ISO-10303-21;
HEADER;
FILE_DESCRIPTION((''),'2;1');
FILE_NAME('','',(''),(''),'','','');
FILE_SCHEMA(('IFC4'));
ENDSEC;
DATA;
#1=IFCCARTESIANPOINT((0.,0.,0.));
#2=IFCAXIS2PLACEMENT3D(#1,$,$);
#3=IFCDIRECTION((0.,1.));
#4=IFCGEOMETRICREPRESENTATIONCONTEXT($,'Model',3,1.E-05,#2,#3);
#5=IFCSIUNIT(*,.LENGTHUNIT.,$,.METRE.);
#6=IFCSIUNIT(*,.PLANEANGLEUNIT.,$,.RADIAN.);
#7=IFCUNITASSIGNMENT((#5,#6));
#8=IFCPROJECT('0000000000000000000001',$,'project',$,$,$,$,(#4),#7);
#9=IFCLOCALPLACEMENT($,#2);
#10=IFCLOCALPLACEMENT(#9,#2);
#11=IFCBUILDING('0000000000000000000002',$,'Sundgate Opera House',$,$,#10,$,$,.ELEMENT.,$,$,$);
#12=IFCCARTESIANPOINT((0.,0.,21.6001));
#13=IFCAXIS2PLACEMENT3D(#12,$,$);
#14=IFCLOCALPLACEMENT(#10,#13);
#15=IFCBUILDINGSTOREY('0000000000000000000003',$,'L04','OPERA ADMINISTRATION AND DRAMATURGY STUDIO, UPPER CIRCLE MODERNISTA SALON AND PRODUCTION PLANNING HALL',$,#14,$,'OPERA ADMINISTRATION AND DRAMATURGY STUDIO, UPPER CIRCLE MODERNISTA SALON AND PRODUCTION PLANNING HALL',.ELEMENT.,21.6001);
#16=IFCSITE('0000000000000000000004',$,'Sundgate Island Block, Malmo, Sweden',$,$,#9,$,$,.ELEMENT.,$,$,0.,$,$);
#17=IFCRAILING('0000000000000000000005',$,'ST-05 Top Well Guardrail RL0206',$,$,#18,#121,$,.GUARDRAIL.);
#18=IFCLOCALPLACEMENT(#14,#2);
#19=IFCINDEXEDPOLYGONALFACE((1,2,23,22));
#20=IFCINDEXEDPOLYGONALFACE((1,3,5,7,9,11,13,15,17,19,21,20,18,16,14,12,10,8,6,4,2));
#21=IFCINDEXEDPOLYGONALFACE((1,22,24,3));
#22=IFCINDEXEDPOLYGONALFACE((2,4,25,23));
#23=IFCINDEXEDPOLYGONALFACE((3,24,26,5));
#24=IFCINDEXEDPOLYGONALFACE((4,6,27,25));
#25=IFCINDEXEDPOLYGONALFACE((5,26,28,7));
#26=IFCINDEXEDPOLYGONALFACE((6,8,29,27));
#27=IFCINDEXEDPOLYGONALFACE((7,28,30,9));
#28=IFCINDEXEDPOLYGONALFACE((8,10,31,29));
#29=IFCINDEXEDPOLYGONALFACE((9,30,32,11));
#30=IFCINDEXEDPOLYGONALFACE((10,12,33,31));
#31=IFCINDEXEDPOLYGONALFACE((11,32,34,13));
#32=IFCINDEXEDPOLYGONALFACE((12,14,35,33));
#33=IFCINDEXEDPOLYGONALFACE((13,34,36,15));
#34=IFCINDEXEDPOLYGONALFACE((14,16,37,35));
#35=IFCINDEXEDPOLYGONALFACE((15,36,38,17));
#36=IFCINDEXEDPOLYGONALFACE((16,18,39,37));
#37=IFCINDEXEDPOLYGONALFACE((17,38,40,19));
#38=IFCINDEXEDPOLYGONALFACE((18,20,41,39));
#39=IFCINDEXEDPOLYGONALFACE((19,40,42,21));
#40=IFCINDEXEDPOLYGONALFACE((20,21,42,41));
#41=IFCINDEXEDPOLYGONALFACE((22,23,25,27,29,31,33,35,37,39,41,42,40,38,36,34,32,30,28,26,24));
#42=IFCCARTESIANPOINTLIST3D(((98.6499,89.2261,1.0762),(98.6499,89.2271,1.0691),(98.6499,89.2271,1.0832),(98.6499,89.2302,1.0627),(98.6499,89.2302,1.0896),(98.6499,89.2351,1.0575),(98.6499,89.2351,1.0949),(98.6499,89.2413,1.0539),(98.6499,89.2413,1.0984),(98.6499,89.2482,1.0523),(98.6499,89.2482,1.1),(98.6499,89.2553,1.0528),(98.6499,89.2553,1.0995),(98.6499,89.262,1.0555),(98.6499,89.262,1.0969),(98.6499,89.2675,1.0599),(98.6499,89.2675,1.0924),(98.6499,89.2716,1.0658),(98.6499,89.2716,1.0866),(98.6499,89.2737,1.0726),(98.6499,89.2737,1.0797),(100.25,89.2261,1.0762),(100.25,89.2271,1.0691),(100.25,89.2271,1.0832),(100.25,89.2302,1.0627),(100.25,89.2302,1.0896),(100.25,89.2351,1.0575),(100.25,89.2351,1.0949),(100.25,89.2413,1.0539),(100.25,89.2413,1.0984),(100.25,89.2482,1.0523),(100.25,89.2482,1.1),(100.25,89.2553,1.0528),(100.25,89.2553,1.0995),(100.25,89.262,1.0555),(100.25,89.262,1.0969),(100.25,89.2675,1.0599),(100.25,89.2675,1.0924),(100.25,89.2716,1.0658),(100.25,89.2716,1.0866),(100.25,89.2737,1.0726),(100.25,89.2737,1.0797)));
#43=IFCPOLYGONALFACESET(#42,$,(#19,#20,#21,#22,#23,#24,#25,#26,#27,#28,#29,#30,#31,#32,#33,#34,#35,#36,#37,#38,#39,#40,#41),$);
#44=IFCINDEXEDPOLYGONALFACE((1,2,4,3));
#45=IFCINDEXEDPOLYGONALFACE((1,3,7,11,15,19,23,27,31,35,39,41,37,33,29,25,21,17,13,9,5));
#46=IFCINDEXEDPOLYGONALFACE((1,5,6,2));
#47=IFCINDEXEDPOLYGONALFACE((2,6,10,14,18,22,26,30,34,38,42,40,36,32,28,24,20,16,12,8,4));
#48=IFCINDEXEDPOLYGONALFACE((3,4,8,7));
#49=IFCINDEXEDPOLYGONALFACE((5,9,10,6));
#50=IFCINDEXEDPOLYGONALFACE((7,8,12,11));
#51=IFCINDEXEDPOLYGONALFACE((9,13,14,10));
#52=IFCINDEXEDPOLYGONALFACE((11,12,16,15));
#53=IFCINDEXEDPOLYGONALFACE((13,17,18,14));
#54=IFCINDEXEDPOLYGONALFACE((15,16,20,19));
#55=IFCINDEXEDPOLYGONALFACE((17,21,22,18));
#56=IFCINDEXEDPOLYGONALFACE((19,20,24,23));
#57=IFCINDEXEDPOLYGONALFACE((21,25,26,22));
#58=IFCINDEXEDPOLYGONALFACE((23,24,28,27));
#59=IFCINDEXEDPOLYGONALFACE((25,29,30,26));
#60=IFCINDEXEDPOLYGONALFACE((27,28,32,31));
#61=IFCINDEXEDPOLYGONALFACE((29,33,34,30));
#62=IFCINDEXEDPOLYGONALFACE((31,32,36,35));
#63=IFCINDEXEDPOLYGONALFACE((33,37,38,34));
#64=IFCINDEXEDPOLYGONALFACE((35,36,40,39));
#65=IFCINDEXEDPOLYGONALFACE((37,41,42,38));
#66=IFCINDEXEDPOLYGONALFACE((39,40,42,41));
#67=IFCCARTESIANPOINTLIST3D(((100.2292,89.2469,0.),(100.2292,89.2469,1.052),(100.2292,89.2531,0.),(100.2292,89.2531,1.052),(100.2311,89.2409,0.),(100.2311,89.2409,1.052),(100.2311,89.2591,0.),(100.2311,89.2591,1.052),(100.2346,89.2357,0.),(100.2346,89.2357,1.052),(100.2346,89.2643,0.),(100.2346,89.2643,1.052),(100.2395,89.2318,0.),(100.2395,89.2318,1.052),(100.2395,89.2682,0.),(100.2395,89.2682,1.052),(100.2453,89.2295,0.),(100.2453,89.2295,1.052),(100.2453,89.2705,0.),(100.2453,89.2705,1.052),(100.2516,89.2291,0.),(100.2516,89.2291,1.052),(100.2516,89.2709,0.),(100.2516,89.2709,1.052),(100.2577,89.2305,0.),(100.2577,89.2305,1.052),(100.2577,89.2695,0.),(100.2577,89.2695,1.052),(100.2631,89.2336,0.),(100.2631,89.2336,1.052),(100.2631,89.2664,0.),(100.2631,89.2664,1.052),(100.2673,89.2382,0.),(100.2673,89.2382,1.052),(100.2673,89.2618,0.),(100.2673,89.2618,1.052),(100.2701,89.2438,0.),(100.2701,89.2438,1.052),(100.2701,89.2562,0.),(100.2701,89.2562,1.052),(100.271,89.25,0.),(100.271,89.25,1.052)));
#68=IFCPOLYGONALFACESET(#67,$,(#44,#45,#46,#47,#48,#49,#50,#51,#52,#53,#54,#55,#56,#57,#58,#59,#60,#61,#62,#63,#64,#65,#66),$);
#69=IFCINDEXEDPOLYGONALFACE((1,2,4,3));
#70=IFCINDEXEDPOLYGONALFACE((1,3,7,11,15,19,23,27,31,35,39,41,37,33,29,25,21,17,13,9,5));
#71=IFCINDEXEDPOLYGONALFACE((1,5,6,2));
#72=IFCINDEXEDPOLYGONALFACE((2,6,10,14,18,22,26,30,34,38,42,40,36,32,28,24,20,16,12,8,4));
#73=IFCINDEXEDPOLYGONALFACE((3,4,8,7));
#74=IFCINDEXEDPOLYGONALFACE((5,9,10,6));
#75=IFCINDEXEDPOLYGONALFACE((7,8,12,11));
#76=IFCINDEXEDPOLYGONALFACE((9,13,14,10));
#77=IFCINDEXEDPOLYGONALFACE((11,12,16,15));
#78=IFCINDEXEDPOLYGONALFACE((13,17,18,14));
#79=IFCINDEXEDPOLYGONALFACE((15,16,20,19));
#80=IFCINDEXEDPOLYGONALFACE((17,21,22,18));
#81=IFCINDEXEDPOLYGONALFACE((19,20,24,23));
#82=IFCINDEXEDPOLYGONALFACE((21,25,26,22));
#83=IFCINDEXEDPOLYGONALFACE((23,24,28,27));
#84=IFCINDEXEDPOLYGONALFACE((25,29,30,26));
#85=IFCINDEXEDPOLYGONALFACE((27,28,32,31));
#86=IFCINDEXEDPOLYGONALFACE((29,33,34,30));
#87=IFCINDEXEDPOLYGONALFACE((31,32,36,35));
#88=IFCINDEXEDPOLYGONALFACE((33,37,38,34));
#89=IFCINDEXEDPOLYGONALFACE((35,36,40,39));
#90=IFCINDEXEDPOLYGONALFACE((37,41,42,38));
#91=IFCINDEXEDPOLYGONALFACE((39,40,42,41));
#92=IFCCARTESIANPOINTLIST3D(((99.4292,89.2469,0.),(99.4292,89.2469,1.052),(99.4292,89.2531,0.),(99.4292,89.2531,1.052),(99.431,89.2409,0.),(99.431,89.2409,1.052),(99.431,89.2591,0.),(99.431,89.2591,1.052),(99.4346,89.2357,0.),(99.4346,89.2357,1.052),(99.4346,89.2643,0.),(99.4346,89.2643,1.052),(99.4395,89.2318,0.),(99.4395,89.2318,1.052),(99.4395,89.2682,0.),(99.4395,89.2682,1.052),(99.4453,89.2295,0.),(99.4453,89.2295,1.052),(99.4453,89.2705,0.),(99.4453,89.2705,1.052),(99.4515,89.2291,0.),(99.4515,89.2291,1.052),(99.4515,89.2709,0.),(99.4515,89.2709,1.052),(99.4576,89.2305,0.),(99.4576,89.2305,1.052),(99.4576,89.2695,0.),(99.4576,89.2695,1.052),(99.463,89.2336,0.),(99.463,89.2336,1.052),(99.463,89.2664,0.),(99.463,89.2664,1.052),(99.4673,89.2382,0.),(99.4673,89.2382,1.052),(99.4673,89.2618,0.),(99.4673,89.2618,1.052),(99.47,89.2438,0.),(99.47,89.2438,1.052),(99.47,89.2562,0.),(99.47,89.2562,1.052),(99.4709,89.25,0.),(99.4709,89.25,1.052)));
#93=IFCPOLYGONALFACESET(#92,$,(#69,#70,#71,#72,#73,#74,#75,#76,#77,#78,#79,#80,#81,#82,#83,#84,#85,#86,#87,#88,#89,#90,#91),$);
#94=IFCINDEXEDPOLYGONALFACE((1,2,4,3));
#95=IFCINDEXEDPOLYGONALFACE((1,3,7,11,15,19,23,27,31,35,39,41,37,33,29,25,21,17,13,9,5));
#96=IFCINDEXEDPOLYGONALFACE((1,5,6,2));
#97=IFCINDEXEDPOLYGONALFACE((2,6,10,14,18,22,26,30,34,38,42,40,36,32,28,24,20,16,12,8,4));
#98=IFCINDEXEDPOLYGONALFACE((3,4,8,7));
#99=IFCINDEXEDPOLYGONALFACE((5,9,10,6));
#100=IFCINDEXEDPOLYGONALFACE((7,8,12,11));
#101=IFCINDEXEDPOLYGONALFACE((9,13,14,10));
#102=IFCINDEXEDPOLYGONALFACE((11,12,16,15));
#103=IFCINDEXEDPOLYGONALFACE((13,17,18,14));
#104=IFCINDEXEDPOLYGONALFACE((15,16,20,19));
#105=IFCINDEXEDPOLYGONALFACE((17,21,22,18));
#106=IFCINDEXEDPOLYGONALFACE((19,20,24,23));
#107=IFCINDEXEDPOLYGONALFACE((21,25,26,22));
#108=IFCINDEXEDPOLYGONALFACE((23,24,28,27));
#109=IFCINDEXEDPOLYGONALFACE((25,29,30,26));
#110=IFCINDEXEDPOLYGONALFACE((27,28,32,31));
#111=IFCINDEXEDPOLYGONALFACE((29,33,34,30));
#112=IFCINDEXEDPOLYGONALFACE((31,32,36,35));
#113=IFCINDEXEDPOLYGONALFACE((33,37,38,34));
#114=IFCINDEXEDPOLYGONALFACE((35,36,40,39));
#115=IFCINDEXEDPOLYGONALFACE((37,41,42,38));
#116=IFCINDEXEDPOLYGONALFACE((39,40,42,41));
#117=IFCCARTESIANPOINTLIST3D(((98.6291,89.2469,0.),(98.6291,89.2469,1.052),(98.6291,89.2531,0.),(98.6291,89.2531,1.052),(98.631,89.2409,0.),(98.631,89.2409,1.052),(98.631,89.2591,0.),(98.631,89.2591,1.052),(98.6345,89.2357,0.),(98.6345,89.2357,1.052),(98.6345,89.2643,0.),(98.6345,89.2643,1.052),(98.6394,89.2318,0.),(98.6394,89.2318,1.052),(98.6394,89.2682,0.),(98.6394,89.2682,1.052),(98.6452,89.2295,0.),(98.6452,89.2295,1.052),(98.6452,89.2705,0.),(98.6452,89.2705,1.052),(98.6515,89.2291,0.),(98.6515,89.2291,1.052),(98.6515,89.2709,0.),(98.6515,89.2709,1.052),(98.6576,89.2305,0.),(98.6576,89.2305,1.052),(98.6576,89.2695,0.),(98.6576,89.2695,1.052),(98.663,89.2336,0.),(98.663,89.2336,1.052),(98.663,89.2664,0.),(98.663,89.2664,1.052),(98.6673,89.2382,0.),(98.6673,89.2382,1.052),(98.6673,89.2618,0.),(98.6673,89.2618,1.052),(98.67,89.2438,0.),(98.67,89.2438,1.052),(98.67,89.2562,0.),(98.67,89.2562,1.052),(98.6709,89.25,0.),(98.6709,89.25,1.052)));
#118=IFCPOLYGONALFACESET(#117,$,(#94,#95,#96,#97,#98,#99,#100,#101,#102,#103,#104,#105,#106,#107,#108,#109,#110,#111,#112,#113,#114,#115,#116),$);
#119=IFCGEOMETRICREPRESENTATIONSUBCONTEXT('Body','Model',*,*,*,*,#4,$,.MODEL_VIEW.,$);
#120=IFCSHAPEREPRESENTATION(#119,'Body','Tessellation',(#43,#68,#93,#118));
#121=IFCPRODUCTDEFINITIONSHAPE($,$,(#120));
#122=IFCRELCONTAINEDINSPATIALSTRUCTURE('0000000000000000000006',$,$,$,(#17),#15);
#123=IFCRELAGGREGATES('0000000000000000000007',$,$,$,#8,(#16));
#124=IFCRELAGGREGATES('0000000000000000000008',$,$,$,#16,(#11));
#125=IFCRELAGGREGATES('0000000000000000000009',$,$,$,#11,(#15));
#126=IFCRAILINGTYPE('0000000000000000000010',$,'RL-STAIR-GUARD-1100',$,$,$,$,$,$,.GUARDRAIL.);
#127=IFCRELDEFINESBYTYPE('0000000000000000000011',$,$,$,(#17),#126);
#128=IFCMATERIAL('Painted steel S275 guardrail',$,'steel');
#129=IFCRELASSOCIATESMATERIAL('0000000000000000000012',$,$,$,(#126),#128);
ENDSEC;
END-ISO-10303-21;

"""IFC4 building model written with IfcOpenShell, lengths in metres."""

from ifc_helpers import new_model, si_unit, direction, frame, origin, origin_2d, place, context, subcontext, project, spatial, circle, extrude, material, type_object, element, save


model = new_model("IFC4")

# Units and contexts
model_context = context("Model", 3, precision=1e-05, world=origin(), true_north=direction((0.0, 1.0)))
body_context = subcontext(model_context, "Body", "Model", "MODEL_VIEW")
ifc_project = project(units=[si_unit("LENGTHUNIT", "METRE"), si_unit("PLANEANGLEUNIT", "RADIAN")], contexts=[model_context])

# Site, building, storey
site_placement = place(None, origin())
site = spatial("IfcSite", under=ifc_project, at=site_placement, Name="Sundgate Island Block, Malmo, Sweden", CompositionType="ELEMENT", RefElevation=0.0)
building_placement = place(site_placement, origin())
building = spatial("IfcBuilding", under=site, at=building_placement, Name="Sundgate Opera House", CompositionType="ELEMENT")
storey_placement = place(building_placement, frame((0.0, 0.0, 21.6001)))
storey = spatial("IfcBuildingStorey", under=building, at=storey_placement, Name="L04", Description="OPERA ADMINISTRATION AND DRAMATURGY STUDIO, UPPER CIRCLE MODERNISTA SALON AND PRODUCTION PLANNING HALL", LongName="OPERA ADMINISTRATION AND DRAMATURGY STUDIO, UPPER CIRCLE MODERNISTA SALON AND PRODUCTION PLANNING HALL", CompositionType="ELEMENT", Elevation=21.6001)

# Railing
ifc_material_1 = material(Name="Painted steel S275 guardrail", Category="steel")
railing_type = type_object("IfcRailingType", Name="RL-STAIR-GUARD-1100", PredefinedType="GUARDRAIL", material=ifc_material_1)
railing_placement = place(storey_placement, frame((100.25, 89.25, 0.0)))
element("IfcRailing", 1, at=railing_placement, inside=storey, type_object=railing_type, Name="ST-05 Top Well Guardrail RL0206", PredefinedType="GUARDRAIL", context=body_context, shape_type="SweptSolid", body=[
    extrude(circle(Radius=0.0239, at=origin_2d()), frame((0.0, 0.0, 1.0762), z_axis=(-1.0, 0.0, 0.0), x_axis=(0.0, -1.0, 0.0)), (0.0, 0.0, 1.0), 1.6001),
    extrude(circle(Radius=0.021, at=origin_2d()), origin(), (0.0, 0.0, 1.0), 1.052),
    extrude(circle(Radius=0.021, at=origin_2d()), frame((-0.8, 0.0, 0.0)), (0.0, 0.0, 1.0), 1.052),
    extrude(circle(Radius=0.021, at=origin_2d()), frame((-1.6001, 0.0, 0.0)), (0.0, 0.0, 1.0), 1.052),
])

save(model, "model.ifc")
